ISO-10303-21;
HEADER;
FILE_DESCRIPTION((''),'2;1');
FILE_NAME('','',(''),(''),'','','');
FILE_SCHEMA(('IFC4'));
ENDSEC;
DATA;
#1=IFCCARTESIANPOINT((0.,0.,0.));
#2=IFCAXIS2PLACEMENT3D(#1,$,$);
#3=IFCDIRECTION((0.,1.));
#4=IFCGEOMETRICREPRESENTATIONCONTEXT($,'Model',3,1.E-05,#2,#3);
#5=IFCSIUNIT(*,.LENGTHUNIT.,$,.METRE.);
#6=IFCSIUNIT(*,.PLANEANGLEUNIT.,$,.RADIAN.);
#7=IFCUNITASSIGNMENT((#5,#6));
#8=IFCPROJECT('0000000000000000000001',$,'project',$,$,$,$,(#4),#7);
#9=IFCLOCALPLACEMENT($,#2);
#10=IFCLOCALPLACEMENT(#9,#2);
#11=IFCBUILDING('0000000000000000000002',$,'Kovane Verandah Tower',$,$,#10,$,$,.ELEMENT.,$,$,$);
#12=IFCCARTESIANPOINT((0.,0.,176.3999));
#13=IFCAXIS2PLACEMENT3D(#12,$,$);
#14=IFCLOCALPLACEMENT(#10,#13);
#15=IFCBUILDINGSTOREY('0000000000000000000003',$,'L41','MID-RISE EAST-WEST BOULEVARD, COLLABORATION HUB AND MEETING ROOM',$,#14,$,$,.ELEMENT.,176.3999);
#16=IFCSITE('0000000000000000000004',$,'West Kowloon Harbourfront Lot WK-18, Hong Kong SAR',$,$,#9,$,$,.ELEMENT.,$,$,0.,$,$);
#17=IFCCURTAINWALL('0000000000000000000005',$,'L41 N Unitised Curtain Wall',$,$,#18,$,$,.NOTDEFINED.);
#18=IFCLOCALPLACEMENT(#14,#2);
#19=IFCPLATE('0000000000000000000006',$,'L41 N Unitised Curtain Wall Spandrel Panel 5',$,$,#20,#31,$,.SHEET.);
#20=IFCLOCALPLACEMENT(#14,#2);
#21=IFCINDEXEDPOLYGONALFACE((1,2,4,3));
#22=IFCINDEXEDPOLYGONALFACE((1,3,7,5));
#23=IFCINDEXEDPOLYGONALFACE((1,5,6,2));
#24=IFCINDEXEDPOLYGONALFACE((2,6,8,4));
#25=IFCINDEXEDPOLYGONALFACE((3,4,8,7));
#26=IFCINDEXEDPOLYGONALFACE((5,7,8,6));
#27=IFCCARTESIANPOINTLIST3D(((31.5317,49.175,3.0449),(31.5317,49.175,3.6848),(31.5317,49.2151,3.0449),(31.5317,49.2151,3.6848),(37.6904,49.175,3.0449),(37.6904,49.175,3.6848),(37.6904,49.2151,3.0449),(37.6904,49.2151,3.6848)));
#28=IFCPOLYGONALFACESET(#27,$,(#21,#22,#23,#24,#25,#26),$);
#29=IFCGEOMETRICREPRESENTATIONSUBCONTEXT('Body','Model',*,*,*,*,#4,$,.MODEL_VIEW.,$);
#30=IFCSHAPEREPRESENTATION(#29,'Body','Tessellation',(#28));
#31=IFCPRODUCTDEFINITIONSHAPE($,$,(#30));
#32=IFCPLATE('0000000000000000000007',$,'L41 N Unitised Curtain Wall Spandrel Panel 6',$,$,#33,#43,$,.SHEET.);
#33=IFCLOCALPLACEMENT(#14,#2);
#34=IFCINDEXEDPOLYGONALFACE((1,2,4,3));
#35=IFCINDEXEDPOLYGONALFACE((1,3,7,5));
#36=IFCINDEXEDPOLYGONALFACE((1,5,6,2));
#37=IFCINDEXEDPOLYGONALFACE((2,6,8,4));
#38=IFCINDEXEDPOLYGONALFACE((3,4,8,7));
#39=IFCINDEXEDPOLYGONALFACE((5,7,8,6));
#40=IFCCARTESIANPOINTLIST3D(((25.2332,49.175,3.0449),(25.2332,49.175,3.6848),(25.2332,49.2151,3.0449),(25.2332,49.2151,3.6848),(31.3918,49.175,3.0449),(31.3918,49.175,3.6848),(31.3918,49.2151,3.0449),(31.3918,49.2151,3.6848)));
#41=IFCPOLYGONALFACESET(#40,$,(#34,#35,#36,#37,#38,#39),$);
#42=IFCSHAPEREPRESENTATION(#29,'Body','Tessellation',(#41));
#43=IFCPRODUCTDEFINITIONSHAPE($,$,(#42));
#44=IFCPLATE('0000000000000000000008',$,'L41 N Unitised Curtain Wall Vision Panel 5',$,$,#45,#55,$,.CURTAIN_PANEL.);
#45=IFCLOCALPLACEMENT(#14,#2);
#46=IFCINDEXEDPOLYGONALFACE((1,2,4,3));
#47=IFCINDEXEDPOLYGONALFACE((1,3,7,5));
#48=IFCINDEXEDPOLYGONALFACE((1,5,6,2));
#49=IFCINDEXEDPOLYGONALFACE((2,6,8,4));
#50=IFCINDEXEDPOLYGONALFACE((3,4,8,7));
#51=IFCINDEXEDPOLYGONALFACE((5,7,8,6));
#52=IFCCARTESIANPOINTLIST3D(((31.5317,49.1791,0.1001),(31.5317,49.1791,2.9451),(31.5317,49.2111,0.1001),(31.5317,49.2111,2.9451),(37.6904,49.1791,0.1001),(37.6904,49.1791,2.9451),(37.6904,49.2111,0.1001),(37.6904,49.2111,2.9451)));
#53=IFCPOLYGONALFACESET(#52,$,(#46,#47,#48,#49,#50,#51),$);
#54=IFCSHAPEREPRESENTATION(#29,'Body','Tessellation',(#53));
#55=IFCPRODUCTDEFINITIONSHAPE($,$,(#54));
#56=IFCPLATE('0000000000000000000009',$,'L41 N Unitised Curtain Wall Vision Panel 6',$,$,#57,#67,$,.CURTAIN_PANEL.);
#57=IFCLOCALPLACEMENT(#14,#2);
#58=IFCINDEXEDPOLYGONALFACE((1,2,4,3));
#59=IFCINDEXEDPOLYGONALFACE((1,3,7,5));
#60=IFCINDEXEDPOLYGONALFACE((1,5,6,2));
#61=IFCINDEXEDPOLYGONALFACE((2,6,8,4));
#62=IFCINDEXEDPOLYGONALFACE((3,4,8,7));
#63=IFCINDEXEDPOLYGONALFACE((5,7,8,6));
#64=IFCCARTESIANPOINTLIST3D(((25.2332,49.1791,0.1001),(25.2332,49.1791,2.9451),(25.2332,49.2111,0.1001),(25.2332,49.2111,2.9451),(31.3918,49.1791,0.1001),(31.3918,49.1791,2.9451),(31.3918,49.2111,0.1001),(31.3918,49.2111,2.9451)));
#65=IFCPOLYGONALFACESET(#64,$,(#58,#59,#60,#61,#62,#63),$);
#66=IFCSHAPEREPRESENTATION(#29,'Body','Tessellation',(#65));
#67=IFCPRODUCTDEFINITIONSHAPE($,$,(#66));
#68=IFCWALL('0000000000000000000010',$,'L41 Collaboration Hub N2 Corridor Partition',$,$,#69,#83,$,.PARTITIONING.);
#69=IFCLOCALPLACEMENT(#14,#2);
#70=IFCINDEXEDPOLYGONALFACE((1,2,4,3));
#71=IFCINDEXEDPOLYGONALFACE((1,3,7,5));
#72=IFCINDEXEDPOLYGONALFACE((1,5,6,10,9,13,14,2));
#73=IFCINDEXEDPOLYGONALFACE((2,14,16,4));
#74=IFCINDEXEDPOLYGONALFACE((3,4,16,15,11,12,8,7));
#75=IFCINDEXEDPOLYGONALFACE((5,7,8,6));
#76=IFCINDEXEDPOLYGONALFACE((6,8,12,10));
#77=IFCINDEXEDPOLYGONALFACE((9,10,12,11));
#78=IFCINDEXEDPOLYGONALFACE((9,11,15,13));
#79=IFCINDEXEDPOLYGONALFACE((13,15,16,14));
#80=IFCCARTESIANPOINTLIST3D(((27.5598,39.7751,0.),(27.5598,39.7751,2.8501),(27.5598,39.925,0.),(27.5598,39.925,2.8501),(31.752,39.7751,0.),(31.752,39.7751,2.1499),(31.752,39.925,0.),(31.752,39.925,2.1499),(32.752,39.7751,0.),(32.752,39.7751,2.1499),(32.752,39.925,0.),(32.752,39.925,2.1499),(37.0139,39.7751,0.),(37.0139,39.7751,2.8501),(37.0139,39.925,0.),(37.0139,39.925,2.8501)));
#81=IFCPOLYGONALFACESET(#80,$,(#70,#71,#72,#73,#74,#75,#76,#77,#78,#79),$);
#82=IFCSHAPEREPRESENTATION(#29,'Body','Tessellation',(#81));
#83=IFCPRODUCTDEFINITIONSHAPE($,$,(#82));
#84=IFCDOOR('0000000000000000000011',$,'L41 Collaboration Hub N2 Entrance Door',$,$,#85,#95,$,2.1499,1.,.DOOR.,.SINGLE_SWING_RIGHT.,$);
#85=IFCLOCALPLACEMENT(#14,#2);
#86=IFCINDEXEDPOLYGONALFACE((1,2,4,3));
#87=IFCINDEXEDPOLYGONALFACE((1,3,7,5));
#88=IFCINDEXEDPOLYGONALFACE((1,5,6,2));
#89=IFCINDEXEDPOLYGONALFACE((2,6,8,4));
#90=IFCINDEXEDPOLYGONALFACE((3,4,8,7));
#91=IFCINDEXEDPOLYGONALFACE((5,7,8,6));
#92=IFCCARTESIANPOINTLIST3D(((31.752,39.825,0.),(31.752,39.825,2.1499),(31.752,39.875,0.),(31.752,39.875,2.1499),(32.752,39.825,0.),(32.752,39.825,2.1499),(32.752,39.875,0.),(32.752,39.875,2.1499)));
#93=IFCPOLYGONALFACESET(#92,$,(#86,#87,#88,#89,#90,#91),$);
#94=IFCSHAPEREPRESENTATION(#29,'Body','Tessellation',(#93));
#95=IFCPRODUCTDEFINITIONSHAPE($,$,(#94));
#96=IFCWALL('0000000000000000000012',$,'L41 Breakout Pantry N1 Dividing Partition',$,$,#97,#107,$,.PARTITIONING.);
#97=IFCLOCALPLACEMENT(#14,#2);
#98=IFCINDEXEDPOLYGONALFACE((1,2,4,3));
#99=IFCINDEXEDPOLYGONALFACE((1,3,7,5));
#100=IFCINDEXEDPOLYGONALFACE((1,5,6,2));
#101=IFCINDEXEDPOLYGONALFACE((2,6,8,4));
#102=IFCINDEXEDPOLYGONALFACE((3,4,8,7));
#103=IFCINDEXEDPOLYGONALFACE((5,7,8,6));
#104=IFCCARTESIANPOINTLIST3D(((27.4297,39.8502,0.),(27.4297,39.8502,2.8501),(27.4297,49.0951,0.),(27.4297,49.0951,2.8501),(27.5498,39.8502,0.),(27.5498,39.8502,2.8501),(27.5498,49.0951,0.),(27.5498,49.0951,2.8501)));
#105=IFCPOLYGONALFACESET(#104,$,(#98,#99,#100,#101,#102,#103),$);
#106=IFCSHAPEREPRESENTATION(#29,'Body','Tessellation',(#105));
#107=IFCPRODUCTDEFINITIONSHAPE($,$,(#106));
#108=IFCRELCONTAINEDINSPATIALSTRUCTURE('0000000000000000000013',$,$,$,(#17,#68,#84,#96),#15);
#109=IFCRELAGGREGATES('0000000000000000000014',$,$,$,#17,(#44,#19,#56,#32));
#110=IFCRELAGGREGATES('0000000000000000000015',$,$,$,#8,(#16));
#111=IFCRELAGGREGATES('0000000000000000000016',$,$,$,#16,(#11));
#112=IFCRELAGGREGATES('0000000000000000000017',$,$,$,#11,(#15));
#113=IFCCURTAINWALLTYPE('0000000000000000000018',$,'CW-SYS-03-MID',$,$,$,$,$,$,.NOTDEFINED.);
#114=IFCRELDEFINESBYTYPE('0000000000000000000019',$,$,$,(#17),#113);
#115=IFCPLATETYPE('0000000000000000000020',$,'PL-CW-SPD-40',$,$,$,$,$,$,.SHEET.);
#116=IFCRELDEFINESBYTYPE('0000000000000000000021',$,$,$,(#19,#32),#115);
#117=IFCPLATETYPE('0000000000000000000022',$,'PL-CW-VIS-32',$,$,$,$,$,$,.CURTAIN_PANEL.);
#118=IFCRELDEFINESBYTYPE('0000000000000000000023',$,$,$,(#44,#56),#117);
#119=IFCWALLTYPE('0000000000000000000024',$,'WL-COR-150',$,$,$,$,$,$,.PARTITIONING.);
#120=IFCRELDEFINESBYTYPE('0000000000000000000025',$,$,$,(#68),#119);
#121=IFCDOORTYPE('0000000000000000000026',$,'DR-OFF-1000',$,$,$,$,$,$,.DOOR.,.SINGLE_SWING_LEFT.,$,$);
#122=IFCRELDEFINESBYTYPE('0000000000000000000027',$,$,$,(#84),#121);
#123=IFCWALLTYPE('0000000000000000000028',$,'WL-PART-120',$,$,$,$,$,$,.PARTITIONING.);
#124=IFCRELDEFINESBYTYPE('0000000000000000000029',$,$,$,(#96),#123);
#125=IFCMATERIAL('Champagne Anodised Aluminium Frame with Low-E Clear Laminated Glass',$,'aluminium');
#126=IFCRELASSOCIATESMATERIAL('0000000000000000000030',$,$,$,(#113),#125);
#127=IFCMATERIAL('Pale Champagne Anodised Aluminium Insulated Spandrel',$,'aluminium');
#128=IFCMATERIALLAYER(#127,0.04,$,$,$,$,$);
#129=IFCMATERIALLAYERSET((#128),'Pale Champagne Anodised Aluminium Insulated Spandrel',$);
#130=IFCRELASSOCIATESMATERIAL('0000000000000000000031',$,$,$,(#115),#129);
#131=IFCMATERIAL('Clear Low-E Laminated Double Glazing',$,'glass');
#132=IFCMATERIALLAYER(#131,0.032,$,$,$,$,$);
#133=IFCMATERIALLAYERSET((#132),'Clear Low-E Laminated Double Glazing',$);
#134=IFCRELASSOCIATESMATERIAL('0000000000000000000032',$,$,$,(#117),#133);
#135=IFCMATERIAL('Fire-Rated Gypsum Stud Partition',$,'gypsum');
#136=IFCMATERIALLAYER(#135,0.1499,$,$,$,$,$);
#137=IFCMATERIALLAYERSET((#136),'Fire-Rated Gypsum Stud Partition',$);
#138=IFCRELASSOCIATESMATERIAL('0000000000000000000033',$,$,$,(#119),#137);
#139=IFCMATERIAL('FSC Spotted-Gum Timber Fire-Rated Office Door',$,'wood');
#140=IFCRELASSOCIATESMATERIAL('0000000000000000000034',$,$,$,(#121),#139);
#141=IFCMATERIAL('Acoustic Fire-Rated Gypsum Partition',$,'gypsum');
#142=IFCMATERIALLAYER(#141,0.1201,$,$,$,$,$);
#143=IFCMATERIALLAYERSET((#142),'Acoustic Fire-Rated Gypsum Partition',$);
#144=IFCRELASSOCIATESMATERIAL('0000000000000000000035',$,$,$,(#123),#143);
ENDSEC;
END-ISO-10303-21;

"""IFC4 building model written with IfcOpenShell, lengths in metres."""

from ifc_helpers import new_model, si_unit, direction, frame, frame_2d, origin, origin_2d, place, context, subcontext, project, spatial, rectangle, extrude, material, layer, layer_set, type_object, element, fill, aggregate, save


model = new_model("IFC4")

# Units and contexts
model_context = context("Model", 3, precision=1e-05, world=origin(), true_north=direction((0.0, 1.0)))
body_context = subcontext(model_context, "Body", "Model", "MODEL_VIEW")
ifc_project = project(units=[si_unit("LENGTHUNIT", "METRE"), si_unit("PLANEANGLEUNIT", "RADIAN")], contexts=[model_context])

# Site, building, storey
site_placement = place(None, origin())
site = spatial("IfcSite", under=ifc_project, at=site_placement, Name="West Kowloon Harbourfront Lot WK-18, Hong Kong SAR", CompositionType="ELEMENT", RefElevation=0.0)
building_placement = place(site_placement, origin())
building = spatial("IfcBuilding", under=site, at=building_placement, Name="Kovane Verandah Tower", CompositionType="ELEMENT")
storey_placement = place(building_placement, frame((0.0, 0.0, 176.3999)))
storey = spatial("IfcBuildingStorey", under=building, at=storey_placement, Name="L41", Description="MID-RISE EAST-WEST BOULEVARD, COLLABORATION HUB AND MEETING ROOM", CompositionType="ELEMENT", Elevation=176.3999)

# Curtain wall
ifc_material_1 = material(Name="Champagne Anodised Aluminium Frame with Low-E Clear Laminated Glass", Category="aluminium")
curtain_wall_type = type_object("IfcCurtainWallType", Name="CW-SYS-03-MID", PredefinedType="NOTDEFINED", material=ifc_material_1)
curtain_wall_placement = place(storey_placement, origin())
curtain_wall = element("IfcCurtainWall", 1, at=curtain_wall_placement, inside=storey, type_object=curtain_wall_type, Name="L41 N Unitised Curtain Wall", PredefinedType="NOTDEFINED")

# Plates
ifc_material_2 = material(Name="Pale Champagne Anodised Aluminium Insulated Spandrel", Category="aluminium")
ifc_layer_1 = layer(ifc_material_2, 0.04)
ifc_layer_set_1 = layer_set([ifc_layer_1], Name="Pale Champagne Anodised Aluminium Insulated Spandrel")
plate_type_1 = type_object("IfcPlateType", Name="PL-CW-SPD-40", PredefinedType="SHEET", material=ifc_layer_set_1)
plate_1_placement = place(storey_placement, frame((34.6111, 49.1951, 3.0449), z_axis=(0.0, 0.0, 1.0), x_axis=(-1.0, 0.0, 0.0)))
plate_1 = element("IfcPlate", 2, at=plate_1_placement, type_object=plate_type_1, Name="L41 N Unitised Curtain Wall Spandrel Panel 5", PredefinedType="SHEET", context=body_context, shape_type="SweptSolid", body=[
    extrude(rectangle(XDim=6.1587, YDim=0.04, at=origin_2d()), origin(), (0.0, 0.0, 1.0), 0.6399),
])
plate_2_placement = place(storey_placement, frame((28.3125, 49.1951, 3.0449), z_axis=(0.0, 0.0, 1.0), x_axis=(-1.0, 0.0, 0.0)))
plate_2 = element("IfcPlate", 3, at=plate_2_placement, type_object=plate_type_1, Name="L41 N Unitised Curtain Wall Spandrel Panel 6", PredefinedType="SHEET", context=body_context, shape_type="SweptSolid", body=[
    extrude(rectangle(XDim=6.1587, YDim=0.04, at=origin_2d()), origin(), (0.0, 0.0, 1.0), 0.6399),
])
ifc_material_3 = material(Name="Clear Low-E Laminated Double Glazing", Category="glass")
ifc_layer_2 = layer(ifc_material_3, 0.032)
ifc_layer_set_2 = layer_set([ifc_layer_2], Name="Clear Low-E Laminated Double Glazing")
plate_type_2 = type_object("IfcPlateType", Name="PL-CW-VIS-32", PredefinedType="CURTAIN_PANEL", material=ifc_layer_set_2)
plate_3_placement = place(storey_placement, frame((34.6111, 49.1951, 0.1001), z_axis=(0.0, 0.0, 1.0), x_axis=(-1.0, 0.0, 0.0)))
plate_3 = element("IfcPlate", 4, at=plate_3_placement, type_object=plate_type_2, Name="L41 N Unitised Curtain Wall Vision Panel 5", PredefinedType="CURTAIN_PANEL", context=body_context, shape_type="SweptSolid", body=[
    extrude(rectangle(XDim=6.1587, YDim=0.032, at=origin_2d()), origin(), (0.0, 0.0, 1.0), 2.845),
])
plate_4_placement = place(storey_placement, frame((28.3125, 49.1951, 0.1001), z_axis=(0.0, 0.0, 1.0), x_axis=(-1.0, 0.0, 0.0)))
plate_4 = element("IfcPlate", 5, at=plate_4_placement, type_object=plate_type_2, Name="L41 N Unitised Curtain Wall Vision Panel 6", PredefinedType="CURTAIN_PANEL", context=body_context, shape_type="SweptSolid", body=[
    extrude(rectangle(XDim=6.1587, YDim=0.032, at=origin_2d()), origin(), (0.0, 0.0, 1.0), 2.845),
])
aggregate(curtain_wall, [plate_3, plate_1, plate_4, plate_2])

# Wall, opening, door
ifc_material_4 = material(Name="Fire-Rated Gypsum Stud Partition", Category="gypsum")
ifc_layer_3 = layer(ifc_material_4, 0.1499)
ifc_layer_set_3 = layer_set([ifc_layer_3], Name="Fire-Rated Gypsum Stud Partition")
wall_type_1 = type_object("IfcWallType", Name="WL-COR-150", PredefinedType="PARTITIONING", material=ifc_layer_set_3)
wall_1_placement = place(storey_placement, frame((27.5598, 39.8501, 0.0), z_axis=(0.0, 0.0, 1.0), x_axis=(1.0, 0.0, 0.0)))
wall_1 = element("IfcWall", 6, at=wall_1_placement, inside=storey, type_object=wall_type_1, Name="L41 Collaboration Hub N2 Corridor Partition", PredefinedType="PARTITIONING", context=body_context, shape_type="SweptSolid", body=[
    extrude(rectangle(XDim=9.4541, YDim=0.1499, at=frame_2d((4.7271, 0.0))), origin(), (0.0, 0.0, 1.0), 2.8501),
])
opening_placement = place(wall_1_placement, frame((4.1921, 0.0, 0.0)))
opening = element("IfcOpeningElement", 7, at=opening_placement, cuts=wall_1, PredefinedType="OPENING", context=body_context, shape_type="SweptSolid", body=[
    extrude(rectangle(XDim=1.0, YDim=2.1499, at=frame_2d((0.5, 1.075))), frame((0.0, 0.075, 0.0), z_axis=(0.0, -1.0, 0.0), x_axis=(1.0, 0.0, 0.0)), (0.0, 0.0, 1.0), 0.1499),
])
ifc_material_5 = material(Name="FSC Spotted-Gum Timber Fire-Rated Office Door", Category="wood")
door_type = type_object("IfcDoorType", Name="DR-OFF-1000", OperationType="SINGLE_SWING_LEFT", PredefinedType="DOOR", material=ifc_material_5)
door_placement = place(opening_placement, origin())
door = element("IfcDoor", 8, at=door_placement, inside=storey, type_object=door_type, Name="L41 Collaboration Hub N2 Entrance Door", OperationType="SINGLE_SWING_RIGHT", OverallHeight=2.1499, OverallWidth=1.0, PredefinedType="DOOR", context=body_context, shape_type="SweptSolid", body=[
    extrude(rectangle(XDim=1.0, YDim=2.1499, at=frame_2d((0.5, 1.075))), frame((0.0, 0.0249, 0.0), z_axis=(0.0, -1.0, 0.0), x_axis=(1.0, 0.0, 0.0)), (0.0, 0.0, 1.0), 0.05),
])
fill(opening, door)

# Wall
ifc_material_6 = material(Name="Acoustic Fire-Rated Gypsum Partition", Category="gypsum")
ifc_layer_4 = layer(ifc_material_6, 0.1201)
ifc_layer_set_4 = layer_set([ifc_layer_4], Name="Acoustic Fire-Rated Gypsum Partition")
wall_type_2 = type_object("IfcWallType", Name="WL-PART-120", PredefinedType="PARTITIONING", material=ifc_layer_set_4)
wall_2_placement = place(storey_placement, frame((27.4897, 39.8501, 0.0), z_axis=(0.0, 0.0, 1.0), x_axis=(0.0, 1.0, 0.0)))
element("IfcWall", 9, at=wall_2_placement, inside=storey, type_object=wall_type_2, Name="L41 Breakout Pantry N1 Dividing Partition", PredefinedType="PARTITIONING", context=body_context, shape_type="SweptSolid", body=[
    extrude(rectangle(XDim=9.2449, YDim=0.1201, at=frame_2d((4.6226, 0.0))), origin(), (0.0, 0.0, 1.0), 2.8501),
])

save(model, "model.ifc")
